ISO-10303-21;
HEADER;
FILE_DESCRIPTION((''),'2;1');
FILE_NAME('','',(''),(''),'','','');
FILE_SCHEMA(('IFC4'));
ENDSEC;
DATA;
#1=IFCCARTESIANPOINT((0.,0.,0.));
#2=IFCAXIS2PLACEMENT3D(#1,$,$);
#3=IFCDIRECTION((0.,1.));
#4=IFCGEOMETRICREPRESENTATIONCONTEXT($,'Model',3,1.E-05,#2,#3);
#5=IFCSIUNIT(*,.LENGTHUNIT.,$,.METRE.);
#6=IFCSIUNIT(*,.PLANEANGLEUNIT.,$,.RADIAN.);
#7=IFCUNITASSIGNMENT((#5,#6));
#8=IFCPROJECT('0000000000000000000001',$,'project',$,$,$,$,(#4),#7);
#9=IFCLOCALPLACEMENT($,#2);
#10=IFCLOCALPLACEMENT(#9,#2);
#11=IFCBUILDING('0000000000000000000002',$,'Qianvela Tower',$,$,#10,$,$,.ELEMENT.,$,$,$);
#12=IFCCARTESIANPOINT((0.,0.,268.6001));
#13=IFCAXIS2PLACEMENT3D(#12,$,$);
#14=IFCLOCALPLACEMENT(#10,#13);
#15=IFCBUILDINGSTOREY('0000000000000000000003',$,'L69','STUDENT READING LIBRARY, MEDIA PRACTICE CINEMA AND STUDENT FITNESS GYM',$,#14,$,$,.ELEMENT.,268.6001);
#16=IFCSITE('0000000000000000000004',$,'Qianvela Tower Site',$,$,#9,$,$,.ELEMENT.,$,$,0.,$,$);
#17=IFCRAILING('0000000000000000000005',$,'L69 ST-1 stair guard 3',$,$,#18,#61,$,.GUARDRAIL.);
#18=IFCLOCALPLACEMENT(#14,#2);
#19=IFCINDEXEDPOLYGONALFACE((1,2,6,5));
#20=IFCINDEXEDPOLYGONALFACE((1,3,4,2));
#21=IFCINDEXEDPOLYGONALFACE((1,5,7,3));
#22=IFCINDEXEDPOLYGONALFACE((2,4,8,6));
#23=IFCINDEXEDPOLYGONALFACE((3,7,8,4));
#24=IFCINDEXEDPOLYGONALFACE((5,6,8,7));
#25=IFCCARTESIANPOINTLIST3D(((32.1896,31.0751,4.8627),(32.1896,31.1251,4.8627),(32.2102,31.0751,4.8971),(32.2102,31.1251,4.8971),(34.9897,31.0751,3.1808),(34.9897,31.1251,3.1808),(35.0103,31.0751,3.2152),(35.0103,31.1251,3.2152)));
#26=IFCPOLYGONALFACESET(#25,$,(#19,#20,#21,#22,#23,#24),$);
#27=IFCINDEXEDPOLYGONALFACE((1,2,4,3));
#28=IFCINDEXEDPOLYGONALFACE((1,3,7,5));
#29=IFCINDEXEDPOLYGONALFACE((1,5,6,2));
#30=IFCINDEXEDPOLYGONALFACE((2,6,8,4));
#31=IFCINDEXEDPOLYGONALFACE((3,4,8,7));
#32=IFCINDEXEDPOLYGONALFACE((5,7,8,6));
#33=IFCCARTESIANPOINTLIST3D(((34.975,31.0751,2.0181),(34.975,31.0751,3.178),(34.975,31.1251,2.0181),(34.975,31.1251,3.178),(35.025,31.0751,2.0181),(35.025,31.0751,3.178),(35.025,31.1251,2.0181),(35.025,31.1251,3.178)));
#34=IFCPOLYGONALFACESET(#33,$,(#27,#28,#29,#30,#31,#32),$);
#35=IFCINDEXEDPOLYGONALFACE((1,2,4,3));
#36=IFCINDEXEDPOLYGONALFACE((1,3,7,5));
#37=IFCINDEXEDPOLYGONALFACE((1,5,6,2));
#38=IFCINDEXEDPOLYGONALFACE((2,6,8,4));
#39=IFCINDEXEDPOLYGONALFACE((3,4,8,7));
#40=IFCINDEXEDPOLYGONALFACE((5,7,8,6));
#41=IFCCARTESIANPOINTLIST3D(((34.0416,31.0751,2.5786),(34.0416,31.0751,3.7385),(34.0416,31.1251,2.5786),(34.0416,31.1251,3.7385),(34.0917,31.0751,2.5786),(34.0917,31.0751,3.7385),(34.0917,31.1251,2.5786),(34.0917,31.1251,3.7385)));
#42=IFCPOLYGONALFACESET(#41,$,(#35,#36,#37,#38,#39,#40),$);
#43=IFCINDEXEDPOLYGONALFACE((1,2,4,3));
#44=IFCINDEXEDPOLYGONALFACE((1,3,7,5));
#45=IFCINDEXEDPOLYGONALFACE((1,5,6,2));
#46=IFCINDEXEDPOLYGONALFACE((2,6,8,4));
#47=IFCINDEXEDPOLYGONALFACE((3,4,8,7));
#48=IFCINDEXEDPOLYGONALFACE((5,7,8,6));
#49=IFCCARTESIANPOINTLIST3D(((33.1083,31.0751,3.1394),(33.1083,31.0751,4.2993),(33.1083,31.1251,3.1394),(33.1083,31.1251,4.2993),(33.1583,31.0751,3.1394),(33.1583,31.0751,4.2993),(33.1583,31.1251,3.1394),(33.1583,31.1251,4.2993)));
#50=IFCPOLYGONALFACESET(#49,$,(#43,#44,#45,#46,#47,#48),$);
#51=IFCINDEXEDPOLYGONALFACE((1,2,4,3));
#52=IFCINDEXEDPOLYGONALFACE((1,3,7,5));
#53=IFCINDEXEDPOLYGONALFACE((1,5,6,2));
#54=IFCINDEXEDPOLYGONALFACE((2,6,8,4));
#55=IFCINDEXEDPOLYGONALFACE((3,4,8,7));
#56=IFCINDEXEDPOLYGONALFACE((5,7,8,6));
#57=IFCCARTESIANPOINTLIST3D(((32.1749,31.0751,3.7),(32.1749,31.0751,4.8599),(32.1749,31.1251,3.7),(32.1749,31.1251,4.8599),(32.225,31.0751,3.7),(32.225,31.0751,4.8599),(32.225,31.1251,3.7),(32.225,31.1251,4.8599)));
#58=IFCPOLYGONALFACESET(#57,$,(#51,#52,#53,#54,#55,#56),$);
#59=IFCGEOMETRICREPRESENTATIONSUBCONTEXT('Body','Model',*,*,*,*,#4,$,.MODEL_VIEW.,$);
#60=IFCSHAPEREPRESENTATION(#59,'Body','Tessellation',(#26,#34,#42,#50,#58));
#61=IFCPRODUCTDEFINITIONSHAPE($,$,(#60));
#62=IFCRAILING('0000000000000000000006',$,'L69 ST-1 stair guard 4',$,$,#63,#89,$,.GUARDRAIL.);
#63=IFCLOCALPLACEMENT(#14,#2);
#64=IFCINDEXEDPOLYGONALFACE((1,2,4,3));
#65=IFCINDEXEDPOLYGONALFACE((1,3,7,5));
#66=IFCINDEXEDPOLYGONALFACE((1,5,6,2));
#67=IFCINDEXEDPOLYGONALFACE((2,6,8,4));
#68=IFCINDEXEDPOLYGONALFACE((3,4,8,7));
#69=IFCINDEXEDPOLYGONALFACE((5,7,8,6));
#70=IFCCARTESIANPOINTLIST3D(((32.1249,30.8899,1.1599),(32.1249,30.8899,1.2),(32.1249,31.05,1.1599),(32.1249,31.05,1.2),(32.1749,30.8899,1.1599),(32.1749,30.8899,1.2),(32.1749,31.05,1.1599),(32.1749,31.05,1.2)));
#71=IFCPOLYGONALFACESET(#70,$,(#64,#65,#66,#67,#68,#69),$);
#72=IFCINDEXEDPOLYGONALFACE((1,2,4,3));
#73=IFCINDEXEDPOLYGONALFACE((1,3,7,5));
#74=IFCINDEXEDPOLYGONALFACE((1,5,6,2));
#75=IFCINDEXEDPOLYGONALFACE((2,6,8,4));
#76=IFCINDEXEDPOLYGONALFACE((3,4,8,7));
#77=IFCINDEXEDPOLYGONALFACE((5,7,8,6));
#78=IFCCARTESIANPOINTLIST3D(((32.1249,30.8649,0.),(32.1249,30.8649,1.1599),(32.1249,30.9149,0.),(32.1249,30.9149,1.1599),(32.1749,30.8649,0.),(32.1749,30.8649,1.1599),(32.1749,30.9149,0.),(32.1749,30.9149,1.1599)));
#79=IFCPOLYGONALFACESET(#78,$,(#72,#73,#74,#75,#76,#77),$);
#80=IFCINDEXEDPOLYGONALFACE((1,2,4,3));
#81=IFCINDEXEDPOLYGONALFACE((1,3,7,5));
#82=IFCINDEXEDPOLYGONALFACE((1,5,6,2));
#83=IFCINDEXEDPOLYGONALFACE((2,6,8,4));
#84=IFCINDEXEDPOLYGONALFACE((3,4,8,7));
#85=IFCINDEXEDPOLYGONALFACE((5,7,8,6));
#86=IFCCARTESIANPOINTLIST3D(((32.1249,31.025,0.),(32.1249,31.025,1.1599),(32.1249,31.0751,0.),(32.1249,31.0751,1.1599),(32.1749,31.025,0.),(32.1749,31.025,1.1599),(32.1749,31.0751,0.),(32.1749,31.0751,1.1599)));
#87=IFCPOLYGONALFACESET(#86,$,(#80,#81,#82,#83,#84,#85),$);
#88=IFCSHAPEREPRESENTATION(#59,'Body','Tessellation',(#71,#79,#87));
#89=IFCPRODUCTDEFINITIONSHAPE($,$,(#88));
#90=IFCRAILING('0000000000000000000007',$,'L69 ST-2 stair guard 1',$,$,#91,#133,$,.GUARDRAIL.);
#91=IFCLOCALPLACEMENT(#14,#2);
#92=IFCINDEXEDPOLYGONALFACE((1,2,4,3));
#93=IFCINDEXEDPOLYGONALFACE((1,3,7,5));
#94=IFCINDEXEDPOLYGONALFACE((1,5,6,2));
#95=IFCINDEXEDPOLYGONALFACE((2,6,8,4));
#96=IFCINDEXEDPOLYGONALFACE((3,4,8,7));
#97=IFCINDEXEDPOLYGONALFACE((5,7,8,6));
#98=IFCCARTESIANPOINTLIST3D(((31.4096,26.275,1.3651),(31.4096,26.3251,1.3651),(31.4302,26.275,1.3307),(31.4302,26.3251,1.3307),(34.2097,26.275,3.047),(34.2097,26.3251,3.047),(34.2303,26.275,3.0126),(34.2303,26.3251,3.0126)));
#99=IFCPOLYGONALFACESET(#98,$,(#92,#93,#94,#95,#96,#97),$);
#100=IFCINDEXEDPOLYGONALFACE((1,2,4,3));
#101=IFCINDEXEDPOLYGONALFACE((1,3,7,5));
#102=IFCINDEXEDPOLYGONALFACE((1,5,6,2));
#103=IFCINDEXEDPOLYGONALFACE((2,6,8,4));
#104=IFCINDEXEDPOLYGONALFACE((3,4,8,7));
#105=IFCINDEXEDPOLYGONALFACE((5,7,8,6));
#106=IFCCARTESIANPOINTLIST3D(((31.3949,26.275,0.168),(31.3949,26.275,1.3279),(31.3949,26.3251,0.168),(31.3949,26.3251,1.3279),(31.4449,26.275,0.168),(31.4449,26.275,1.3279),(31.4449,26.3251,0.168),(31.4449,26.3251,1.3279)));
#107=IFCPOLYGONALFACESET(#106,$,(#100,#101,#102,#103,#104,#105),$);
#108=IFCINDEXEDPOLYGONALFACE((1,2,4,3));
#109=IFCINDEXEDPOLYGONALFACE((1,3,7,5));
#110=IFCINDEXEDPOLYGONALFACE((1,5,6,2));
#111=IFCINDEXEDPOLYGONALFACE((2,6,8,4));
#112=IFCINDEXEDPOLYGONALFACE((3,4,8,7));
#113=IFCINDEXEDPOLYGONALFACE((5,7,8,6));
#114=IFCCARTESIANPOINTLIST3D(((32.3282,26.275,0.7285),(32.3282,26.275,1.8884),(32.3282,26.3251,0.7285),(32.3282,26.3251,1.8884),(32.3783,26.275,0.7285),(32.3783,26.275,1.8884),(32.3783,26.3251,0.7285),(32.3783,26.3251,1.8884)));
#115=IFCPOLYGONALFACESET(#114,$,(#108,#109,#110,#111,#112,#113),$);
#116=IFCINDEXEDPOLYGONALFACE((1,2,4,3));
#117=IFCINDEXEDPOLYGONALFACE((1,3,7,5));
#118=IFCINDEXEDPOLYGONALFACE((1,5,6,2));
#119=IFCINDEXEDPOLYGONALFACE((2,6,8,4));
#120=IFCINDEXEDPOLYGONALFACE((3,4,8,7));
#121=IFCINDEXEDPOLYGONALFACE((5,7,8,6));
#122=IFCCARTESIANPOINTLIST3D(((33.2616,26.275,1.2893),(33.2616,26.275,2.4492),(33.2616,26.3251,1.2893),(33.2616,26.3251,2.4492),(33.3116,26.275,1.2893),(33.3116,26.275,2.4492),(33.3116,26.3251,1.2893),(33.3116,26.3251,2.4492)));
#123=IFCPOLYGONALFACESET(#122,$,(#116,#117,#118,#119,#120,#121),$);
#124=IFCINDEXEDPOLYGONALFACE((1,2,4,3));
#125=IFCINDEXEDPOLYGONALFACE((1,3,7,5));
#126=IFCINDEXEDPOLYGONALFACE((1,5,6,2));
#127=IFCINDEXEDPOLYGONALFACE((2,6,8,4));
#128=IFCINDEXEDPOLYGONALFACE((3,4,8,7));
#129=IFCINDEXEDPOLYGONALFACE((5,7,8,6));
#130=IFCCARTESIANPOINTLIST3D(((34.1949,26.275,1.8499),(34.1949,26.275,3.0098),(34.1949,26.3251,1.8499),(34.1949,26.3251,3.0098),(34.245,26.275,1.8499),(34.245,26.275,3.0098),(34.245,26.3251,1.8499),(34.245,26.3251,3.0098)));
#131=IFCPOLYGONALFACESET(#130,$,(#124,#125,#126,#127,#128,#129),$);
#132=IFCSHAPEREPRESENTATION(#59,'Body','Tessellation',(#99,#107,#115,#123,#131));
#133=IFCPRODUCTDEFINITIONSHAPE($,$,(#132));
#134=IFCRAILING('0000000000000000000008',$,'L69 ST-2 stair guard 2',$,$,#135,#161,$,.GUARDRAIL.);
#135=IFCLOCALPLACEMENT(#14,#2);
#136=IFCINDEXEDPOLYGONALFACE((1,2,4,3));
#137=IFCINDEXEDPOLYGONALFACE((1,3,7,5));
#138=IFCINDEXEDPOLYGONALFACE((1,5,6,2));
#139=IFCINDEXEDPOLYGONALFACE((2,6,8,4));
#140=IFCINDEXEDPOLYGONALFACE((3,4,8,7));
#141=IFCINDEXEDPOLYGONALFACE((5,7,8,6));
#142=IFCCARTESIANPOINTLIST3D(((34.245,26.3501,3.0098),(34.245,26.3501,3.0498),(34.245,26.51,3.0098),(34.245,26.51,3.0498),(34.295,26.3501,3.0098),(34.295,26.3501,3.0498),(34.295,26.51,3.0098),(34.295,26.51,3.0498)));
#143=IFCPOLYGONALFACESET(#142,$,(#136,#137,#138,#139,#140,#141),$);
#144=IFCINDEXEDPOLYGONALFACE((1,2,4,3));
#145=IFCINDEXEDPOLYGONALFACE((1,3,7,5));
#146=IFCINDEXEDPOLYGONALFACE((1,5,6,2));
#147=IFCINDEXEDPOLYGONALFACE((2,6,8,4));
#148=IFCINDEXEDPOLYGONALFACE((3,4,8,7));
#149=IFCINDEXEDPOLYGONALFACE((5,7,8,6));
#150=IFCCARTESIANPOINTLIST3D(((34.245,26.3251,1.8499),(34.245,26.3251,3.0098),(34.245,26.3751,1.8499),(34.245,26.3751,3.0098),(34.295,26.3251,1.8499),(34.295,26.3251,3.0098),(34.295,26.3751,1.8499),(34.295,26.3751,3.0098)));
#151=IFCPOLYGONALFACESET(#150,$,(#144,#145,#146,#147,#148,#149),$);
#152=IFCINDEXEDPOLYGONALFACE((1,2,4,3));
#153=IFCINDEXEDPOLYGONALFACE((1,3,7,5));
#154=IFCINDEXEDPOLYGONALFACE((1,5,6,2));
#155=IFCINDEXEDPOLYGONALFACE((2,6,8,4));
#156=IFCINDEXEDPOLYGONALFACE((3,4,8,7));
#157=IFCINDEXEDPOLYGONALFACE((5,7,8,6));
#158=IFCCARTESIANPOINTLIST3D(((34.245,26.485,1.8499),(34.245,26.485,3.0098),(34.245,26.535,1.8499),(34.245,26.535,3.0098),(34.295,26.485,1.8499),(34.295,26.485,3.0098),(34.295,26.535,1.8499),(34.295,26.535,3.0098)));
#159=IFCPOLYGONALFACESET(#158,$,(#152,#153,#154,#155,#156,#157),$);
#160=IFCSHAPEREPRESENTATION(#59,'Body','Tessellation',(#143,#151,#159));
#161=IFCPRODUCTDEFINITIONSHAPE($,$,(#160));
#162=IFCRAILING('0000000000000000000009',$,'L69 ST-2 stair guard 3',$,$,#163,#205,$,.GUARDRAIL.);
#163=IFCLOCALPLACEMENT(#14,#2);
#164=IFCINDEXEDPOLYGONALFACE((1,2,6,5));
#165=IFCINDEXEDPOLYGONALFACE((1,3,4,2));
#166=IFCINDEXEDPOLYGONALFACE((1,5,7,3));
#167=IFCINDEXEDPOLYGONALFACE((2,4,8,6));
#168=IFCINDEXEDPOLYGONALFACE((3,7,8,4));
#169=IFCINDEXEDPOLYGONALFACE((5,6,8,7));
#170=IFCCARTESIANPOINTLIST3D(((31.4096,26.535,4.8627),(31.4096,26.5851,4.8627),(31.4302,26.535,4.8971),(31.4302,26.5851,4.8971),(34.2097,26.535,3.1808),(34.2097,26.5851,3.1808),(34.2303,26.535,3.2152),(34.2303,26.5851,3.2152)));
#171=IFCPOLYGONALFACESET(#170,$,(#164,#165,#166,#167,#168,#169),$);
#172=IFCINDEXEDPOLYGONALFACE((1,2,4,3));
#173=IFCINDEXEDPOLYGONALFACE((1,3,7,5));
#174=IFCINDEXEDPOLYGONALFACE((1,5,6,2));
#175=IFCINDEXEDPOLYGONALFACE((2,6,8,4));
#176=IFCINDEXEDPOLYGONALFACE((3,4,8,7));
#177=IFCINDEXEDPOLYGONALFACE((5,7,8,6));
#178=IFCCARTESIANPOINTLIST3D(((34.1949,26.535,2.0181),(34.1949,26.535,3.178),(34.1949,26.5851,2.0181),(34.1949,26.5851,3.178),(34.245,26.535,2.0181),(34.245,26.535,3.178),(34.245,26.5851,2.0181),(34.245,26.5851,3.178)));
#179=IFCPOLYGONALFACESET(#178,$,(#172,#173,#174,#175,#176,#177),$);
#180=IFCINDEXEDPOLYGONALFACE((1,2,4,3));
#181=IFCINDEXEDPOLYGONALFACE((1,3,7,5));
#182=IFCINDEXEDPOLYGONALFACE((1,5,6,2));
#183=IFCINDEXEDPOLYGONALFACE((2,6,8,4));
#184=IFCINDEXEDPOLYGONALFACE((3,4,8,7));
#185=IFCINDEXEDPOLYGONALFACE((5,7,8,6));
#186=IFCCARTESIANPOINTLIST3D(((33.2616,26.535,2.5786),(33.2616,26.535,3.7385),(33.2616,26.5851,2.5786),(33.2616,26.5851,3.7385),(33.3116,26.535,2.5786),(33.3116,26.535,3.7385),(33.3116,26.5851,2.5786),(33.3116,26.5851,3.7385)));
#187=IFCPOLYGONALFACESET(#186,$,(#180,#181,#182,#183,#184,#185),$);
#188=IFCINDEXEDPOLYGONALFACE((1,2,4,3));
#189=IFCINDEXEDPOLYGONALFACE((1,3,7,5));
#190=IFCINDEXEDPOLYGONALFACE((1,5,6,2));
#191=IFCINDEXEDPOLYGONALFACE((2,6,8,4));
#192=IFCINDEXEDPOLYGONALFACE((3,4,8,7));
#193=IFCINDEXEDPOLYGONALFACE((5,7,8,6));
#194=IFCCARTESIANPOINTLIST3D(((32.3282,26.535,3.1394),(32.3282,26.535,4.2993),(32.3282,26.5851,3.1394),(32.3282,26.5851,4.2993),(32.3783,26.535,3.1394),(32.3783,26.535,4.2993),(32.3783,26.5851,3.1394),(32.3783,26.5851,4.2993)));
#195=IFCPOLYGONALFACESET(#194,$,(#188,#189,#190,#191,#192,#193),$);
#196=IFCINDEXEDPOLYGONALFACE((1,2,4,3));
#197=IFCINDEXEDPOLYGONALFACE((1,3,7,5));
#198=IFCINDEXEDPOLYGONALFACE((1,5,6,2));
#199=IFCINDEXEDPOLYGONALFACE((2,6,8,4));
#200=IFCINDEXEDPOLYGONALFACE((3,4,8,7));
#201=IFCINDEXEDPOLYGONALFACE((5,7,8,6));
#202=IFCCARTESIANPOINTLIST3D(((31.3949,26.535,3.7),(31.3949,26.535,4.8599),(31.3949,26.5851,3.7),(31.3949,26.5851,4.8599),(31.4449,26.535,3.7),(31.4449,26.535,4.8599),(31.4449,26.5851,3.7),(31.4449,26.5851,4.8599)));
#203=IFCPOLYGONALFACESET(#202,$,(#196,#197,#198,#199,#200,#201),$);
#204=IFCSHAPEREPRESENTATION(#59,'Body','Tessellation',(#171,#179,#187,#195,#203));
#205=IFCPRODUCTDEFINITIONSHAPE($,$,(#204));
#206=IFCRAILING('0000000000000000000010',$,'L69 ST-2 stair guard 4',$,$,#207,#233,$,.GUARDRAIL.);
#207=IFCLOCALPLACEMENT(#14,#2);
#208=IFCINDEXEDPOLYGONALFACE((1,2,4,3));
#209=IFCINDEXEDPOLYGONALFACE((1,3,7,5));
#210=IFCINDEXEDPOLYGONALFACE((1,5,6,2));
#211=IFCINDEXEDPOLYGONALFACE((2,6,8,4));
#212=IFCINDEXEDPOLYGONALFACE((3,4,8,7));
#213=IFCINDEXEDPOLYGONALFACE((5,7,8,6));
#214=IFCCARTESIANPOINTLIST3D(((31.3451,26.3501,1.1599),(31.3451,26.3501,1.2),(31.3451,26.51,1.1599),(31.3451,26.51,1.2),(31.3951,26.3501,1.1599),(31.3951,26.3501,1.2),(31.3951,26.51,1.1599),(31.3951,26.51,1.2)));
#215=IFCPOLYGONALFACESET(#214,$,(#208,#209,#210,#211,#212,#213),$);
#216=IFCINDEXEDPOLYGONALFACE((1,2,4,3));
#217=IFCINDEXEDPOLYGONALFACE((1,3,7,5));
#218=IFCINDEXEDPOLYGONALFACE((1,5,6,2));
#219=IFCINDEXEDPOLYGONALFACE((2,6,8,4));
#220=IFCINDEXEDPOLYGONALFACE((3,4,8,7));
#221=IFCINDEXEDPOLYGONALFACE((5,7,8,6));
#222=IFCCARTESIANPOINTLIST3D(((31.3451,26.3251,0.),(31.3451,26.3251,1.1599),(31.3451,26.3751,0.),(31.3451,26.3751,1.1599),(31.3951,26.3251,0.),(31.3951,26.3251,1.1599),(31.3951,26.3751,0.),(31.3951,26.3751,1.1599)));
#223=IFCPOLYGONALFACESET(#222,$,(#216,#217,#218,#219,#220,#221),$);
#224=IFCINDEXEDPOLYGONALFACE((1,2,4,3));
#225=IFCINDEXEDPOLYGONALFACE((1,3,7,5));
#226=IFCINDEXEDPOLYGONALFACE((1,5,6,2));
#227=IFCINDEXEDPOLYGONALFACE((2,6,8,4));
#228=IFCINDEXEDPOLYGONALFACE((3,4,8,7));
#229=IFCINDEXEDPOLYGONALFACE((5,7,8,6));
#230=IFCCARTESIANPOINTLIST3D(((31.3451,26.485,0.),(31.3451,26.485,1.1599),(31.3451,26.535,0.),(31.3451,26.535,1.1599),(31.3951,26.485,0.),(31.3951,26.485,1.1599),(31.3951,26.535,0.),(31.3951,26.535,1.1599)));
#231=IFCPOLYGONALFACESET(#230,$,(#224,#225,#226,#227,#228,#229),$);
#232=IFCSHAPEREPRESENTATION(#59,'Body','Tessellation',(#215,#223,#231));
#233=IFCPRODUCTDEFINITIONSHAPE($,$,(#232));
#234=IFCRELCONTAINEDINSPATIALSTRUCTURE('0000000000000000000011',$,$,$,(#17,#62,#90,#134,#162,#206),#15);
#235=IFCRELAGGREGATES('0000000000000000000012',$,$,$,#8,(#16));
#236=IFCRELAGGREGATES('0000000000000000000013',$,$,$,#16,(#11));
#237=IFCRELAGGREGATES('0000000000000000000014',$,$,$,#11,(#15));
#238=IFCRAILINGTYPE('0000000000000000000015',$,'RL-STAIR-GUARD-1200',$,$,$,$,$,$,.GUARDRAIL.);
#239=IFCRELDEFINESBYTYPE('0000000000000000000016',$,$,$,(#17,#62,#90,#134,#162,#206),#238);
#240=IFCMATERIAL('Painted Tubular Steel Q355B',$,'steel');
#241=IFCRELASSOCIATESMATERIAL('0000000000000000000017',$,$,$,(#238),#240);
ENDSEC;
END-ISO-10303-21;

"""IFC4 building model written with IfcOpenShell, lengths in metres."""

from ifc_helpers import new_model, si_unit, direction, frame, origin, origin_2d, place, context, subcontext, project, spatial, rectangle, extrude, material, type_object, element, save


model = new_model("IFC4")

# Units and contexts
model_context = context("Model", 3, precision=1e-05, world=origin(), true_north=direction((0.0, 1.0)))
body_context = subcontext(model_context, "Body", "Model", "MODEL_VIEW")
ifc_project = project(units=[si_unit("LENGTHUNIT", "METRE"), si_unit("PLANEANGLEUNIT", "RADIAN")], contexts=[model_context])

# Site, building, storey
site_placement = place(None, origin())
site = spatial("IfcSite", under=ifc_project, at=site_placement, Name="Qianvela Tower Site", CompositionType="ELEMENT", RefElevation=0.0)
building_placement = place(site_placement, origin())
building = spatial("IfcBuilding", under=site, at=building_placement, Name="Qianvela Tower", CompositionType="ELEMENT")
storey_placement = place(building_placement, frame((0.0, 0.0, 268.6001)))
storey = spatial("IfcBuildingStorey", under=building, at=storey_placement, Name="L69", Description="STUDENT READING LIBRARY, MEDIA PRACTICE CINEMA AND STUDENT FITNESS GYM", CompositionType="ELEMENT", Elevation=268.6001)

# Railings
ifc_material_1 = material(Name="Painted Tubular Steel Q355B", Category="steel")
railing_type_1 = type_object("IfcRailingType", Name="RL-STAIR-GUARD-1200", PredefinedType="GUARDRAIL", material=ifc_material_1)
railing_1_placement = place(storey_placement, frame((35.0, 31.1001, 2.0181)))
element("IfcRailing", 1, at=railing_1_placement, inside=storey, type_object=railing_type_1, Name="L69 ST-1 stair guard 3", PredefinedType="GUARDRAIL", context=body_context, shape_type="SweptSolid", body=[
    extrude(rectangle(XDim=0.05, YDim=0.04, at=origin_2d()), frame((0.0, 0.0, 1.1799), z_axis=(-0.857242, 0.0, 0.514913), x_axis=(0.0, -1.0, 0.0)), (0.0, 0.0, 1.0), 3.2664),
    extrude(rectangle(XDim=0.05, YDim=0.05, at=origin_2d()), origin(), (0.0, 0.0, 1.0), 1.1599),
    extrude(rectangle(XDim=0.05, YDim=0.05, at=origin_2d()), frame((-0.9333, 0.0, 0.5605)), (0.0, 0.0, 1.0), 1.1599),
    extrude(rectangle(XDim=0.05, YDim=0.05, at=origin_2d()), frame((-1.8667, 0.0, 1.1213)), (0.0, 0.0, 1.0), 1.1599),
    extrude(rectangle(XDim=0.05, YDim=0.05, at=origin_2d()), frame((-2.8, 0.0, 1.6819)), (0.0, 0.0, 1.0), 1.1599),
])
railing_2_placement = place(storey_placement, frame((32.1499, 30.8899, 0.0)))
element("IfcRailing", 2, at=railing_2_placement, inside=storey, type_object=railing_type_1, Name="L69 ST-1 stair guard 4", PredefinedType="GUARDRAIL", context=body_context, shape_type="SweptSolid", body=[
    extrude(rectangle(XDim=0.05, YDim=0.04, at=origin_2d()), frame((0.0, 0.0, 1.1799), z_axis=(0.0, 1.0, 0.0), x_axis=(-1.0, 0.0, 0.0)), (0.0, 0.0, 1.0), 0.1602),
    extrude(rectangle(XDim=0.05, YDim=0.05, at=origin_2d()), origin(), (0.0, 0.0, 1.0), 1.1599),
    extrude(rectangle(XDim=0.05, YDim=0.05, at=origin_2d()), frame((0.0, 0.1602, 0.0)), (0.0, 0.0, 1.0), 1.1599),
])
railing_3_placement = place(storey_placement, frame((31.4199, 26.3, 0.168)))
element("IfcRailing", 3, at=railing_3_placement, inside=storey, type_object=railing_type_1, Name="L69 ST-2 stair guard 1", PredefinedType="GUARDRAIL", context=body_context, shape_type="SweptSolid", body=[
    extrude(rectangle(XDim=0.05, YDim=0.04, at=origin_2d()), frame((0.0, 0.0, 1.1799), z_axis=(0.857242, 0.0, 0.514913), x_axis=(0.0, 1.0, 0.0)), (0.0, 0.0, 1.0), 3.2664),
    extrude(rectangle(XDim=0.05, YDim=0.05, at=origin_2d()), origin(), (0.0, 0.0, 1.0), 1.1599),
    extrude(rectangle(XDim=0.05, YDim=0.05, at=origin_2d()), frame((0.9333, 0.0, 0.5605)), (0.0, 0.0, 1.0), 1.1599),
    extrude(rectangle(XDim=0.05, YDim=0.05, at=origin_2d()), frame((1.8667, 0.0, 1.1213)), (0.0, 0.0, 1.0), 1.1599),
    extrude(rectangle(XDim=0.05, YDim=0.05, at=origin_2d()), frame((2.8, 0.0, 1.6819)), (0.0, 0.0, 1.0), 1.1599),
])
railing_4_placement = place(storey_placement, frame((34.27, 26.3501, 1.8499)))
element("IfcRailing", 4, at=railing_4_placement, inside=storey, type_object=railing_type_1, Name="L69 ST-2 stair guard 2", PredefinedType="GUARDRAIL", context=body_context, shape_type="SweptSolid", body=[
    extrude(rectangle(XDim=0.05, YDim=0.04, at=origin_2d()), frame((0.0, 0.0, 1.1799), z_axis=(0.0, 1.0, 0.0), x_axis=(-1.0, 0.0, 0.0)), (0.0, 0.0, 1.0), 0.1599),
    extrude(rectangle(XDim=0.05, YDim=0.05, at=origin_2d()), origin(), (0.0, 0.0, 1.0), 1.1599),
    extrude(rectangle(XDim=0.05, YDim=0.05, at=origin_2d()), frame((0.0, 0.1599, 0.0)), (0.0, 0.0, 1.0), 1.1599),
])
railing_5_placement = place(storey_placement, frame((34.22, 26.5601, 2.0181)))
element("IfcRailing", 5, at=railing_5_placement, inside=storey, type_object=railing_type_1, Name="L69 ST-2 stair guard 3", PredefinedType="GUARDRAIL", context=body_context, shape_type="SweptSolid", body=[
    extrude(rectangle(XDim=0.05, YDim=0.04, at=origin_2d()), frame((0.0, 0.0, 1.1799), z_axis=(-0.857242, 0.0, 0.514913), x_axis=(0.0, -1.0, 0.0)), (0.0, 0.0, 1.0), 3.2664),
    extrude(rectangle(XDim=0.05, YDim=0.05, at=origin_2d()), origin(), (0.0, 0.0, 1.0), 1.1599),
    extrude(rectangle(XDim=0.05, YDim=0.05, at=origin_2d()), frame((-0.9333, 0.0, 0.5605)), (0.0, 0.0, 1.0), 1.1599),
    extrude(rectangle(XDim=0.05, YDim=0.05, at=origin_2d()), frame((-1.8667, 0.0, 1.1213)), (0.0, 0.0, 1.0), 1.1599),
    extrude(rectangle(XDim=0.05, YDim=0.05, at=origin_2d()), frame((-2.8, 0.0, 1.6819)), (0.0, 0.0, 1.0), 1.1599),
])
railing_6_placement = place(storey_placement, frame((31.3701, 26.3501, 0.0)))
element("IfcRailing", 6, at=railing_6_placement, inside=storey, type_object=railing_type_1, Name="L69 ST-2 stair guard 4", PredefinedType="GUARDRAIL", context=body_context, shape_type="SweptSolid", body=[
    extrude(rectangle(XDim=0.05, YDim=0.04, at=origin_2d()), frame((0.0, 0.0, 1.1799), z_axis=(0.0, 1.0, 0.0), x_axis=(-1.0, 0.0, 0.0)), (0.0, 0.0, 1.0), 0.1599),
    extrude(rectangle(XDim=0.05, YDim=0.05, at=origin_2d()), origin(), (0.0, 0.0, 1.0), 1.1599),
    extrude(rectangle(XDim=0.05, YDim=0.05, at=origin_2d()), frame((0.0, 0.1599, 0.0)), (0.0, 0.0, 1.0), 1.1599),
])

save(model, "model.ifc")
